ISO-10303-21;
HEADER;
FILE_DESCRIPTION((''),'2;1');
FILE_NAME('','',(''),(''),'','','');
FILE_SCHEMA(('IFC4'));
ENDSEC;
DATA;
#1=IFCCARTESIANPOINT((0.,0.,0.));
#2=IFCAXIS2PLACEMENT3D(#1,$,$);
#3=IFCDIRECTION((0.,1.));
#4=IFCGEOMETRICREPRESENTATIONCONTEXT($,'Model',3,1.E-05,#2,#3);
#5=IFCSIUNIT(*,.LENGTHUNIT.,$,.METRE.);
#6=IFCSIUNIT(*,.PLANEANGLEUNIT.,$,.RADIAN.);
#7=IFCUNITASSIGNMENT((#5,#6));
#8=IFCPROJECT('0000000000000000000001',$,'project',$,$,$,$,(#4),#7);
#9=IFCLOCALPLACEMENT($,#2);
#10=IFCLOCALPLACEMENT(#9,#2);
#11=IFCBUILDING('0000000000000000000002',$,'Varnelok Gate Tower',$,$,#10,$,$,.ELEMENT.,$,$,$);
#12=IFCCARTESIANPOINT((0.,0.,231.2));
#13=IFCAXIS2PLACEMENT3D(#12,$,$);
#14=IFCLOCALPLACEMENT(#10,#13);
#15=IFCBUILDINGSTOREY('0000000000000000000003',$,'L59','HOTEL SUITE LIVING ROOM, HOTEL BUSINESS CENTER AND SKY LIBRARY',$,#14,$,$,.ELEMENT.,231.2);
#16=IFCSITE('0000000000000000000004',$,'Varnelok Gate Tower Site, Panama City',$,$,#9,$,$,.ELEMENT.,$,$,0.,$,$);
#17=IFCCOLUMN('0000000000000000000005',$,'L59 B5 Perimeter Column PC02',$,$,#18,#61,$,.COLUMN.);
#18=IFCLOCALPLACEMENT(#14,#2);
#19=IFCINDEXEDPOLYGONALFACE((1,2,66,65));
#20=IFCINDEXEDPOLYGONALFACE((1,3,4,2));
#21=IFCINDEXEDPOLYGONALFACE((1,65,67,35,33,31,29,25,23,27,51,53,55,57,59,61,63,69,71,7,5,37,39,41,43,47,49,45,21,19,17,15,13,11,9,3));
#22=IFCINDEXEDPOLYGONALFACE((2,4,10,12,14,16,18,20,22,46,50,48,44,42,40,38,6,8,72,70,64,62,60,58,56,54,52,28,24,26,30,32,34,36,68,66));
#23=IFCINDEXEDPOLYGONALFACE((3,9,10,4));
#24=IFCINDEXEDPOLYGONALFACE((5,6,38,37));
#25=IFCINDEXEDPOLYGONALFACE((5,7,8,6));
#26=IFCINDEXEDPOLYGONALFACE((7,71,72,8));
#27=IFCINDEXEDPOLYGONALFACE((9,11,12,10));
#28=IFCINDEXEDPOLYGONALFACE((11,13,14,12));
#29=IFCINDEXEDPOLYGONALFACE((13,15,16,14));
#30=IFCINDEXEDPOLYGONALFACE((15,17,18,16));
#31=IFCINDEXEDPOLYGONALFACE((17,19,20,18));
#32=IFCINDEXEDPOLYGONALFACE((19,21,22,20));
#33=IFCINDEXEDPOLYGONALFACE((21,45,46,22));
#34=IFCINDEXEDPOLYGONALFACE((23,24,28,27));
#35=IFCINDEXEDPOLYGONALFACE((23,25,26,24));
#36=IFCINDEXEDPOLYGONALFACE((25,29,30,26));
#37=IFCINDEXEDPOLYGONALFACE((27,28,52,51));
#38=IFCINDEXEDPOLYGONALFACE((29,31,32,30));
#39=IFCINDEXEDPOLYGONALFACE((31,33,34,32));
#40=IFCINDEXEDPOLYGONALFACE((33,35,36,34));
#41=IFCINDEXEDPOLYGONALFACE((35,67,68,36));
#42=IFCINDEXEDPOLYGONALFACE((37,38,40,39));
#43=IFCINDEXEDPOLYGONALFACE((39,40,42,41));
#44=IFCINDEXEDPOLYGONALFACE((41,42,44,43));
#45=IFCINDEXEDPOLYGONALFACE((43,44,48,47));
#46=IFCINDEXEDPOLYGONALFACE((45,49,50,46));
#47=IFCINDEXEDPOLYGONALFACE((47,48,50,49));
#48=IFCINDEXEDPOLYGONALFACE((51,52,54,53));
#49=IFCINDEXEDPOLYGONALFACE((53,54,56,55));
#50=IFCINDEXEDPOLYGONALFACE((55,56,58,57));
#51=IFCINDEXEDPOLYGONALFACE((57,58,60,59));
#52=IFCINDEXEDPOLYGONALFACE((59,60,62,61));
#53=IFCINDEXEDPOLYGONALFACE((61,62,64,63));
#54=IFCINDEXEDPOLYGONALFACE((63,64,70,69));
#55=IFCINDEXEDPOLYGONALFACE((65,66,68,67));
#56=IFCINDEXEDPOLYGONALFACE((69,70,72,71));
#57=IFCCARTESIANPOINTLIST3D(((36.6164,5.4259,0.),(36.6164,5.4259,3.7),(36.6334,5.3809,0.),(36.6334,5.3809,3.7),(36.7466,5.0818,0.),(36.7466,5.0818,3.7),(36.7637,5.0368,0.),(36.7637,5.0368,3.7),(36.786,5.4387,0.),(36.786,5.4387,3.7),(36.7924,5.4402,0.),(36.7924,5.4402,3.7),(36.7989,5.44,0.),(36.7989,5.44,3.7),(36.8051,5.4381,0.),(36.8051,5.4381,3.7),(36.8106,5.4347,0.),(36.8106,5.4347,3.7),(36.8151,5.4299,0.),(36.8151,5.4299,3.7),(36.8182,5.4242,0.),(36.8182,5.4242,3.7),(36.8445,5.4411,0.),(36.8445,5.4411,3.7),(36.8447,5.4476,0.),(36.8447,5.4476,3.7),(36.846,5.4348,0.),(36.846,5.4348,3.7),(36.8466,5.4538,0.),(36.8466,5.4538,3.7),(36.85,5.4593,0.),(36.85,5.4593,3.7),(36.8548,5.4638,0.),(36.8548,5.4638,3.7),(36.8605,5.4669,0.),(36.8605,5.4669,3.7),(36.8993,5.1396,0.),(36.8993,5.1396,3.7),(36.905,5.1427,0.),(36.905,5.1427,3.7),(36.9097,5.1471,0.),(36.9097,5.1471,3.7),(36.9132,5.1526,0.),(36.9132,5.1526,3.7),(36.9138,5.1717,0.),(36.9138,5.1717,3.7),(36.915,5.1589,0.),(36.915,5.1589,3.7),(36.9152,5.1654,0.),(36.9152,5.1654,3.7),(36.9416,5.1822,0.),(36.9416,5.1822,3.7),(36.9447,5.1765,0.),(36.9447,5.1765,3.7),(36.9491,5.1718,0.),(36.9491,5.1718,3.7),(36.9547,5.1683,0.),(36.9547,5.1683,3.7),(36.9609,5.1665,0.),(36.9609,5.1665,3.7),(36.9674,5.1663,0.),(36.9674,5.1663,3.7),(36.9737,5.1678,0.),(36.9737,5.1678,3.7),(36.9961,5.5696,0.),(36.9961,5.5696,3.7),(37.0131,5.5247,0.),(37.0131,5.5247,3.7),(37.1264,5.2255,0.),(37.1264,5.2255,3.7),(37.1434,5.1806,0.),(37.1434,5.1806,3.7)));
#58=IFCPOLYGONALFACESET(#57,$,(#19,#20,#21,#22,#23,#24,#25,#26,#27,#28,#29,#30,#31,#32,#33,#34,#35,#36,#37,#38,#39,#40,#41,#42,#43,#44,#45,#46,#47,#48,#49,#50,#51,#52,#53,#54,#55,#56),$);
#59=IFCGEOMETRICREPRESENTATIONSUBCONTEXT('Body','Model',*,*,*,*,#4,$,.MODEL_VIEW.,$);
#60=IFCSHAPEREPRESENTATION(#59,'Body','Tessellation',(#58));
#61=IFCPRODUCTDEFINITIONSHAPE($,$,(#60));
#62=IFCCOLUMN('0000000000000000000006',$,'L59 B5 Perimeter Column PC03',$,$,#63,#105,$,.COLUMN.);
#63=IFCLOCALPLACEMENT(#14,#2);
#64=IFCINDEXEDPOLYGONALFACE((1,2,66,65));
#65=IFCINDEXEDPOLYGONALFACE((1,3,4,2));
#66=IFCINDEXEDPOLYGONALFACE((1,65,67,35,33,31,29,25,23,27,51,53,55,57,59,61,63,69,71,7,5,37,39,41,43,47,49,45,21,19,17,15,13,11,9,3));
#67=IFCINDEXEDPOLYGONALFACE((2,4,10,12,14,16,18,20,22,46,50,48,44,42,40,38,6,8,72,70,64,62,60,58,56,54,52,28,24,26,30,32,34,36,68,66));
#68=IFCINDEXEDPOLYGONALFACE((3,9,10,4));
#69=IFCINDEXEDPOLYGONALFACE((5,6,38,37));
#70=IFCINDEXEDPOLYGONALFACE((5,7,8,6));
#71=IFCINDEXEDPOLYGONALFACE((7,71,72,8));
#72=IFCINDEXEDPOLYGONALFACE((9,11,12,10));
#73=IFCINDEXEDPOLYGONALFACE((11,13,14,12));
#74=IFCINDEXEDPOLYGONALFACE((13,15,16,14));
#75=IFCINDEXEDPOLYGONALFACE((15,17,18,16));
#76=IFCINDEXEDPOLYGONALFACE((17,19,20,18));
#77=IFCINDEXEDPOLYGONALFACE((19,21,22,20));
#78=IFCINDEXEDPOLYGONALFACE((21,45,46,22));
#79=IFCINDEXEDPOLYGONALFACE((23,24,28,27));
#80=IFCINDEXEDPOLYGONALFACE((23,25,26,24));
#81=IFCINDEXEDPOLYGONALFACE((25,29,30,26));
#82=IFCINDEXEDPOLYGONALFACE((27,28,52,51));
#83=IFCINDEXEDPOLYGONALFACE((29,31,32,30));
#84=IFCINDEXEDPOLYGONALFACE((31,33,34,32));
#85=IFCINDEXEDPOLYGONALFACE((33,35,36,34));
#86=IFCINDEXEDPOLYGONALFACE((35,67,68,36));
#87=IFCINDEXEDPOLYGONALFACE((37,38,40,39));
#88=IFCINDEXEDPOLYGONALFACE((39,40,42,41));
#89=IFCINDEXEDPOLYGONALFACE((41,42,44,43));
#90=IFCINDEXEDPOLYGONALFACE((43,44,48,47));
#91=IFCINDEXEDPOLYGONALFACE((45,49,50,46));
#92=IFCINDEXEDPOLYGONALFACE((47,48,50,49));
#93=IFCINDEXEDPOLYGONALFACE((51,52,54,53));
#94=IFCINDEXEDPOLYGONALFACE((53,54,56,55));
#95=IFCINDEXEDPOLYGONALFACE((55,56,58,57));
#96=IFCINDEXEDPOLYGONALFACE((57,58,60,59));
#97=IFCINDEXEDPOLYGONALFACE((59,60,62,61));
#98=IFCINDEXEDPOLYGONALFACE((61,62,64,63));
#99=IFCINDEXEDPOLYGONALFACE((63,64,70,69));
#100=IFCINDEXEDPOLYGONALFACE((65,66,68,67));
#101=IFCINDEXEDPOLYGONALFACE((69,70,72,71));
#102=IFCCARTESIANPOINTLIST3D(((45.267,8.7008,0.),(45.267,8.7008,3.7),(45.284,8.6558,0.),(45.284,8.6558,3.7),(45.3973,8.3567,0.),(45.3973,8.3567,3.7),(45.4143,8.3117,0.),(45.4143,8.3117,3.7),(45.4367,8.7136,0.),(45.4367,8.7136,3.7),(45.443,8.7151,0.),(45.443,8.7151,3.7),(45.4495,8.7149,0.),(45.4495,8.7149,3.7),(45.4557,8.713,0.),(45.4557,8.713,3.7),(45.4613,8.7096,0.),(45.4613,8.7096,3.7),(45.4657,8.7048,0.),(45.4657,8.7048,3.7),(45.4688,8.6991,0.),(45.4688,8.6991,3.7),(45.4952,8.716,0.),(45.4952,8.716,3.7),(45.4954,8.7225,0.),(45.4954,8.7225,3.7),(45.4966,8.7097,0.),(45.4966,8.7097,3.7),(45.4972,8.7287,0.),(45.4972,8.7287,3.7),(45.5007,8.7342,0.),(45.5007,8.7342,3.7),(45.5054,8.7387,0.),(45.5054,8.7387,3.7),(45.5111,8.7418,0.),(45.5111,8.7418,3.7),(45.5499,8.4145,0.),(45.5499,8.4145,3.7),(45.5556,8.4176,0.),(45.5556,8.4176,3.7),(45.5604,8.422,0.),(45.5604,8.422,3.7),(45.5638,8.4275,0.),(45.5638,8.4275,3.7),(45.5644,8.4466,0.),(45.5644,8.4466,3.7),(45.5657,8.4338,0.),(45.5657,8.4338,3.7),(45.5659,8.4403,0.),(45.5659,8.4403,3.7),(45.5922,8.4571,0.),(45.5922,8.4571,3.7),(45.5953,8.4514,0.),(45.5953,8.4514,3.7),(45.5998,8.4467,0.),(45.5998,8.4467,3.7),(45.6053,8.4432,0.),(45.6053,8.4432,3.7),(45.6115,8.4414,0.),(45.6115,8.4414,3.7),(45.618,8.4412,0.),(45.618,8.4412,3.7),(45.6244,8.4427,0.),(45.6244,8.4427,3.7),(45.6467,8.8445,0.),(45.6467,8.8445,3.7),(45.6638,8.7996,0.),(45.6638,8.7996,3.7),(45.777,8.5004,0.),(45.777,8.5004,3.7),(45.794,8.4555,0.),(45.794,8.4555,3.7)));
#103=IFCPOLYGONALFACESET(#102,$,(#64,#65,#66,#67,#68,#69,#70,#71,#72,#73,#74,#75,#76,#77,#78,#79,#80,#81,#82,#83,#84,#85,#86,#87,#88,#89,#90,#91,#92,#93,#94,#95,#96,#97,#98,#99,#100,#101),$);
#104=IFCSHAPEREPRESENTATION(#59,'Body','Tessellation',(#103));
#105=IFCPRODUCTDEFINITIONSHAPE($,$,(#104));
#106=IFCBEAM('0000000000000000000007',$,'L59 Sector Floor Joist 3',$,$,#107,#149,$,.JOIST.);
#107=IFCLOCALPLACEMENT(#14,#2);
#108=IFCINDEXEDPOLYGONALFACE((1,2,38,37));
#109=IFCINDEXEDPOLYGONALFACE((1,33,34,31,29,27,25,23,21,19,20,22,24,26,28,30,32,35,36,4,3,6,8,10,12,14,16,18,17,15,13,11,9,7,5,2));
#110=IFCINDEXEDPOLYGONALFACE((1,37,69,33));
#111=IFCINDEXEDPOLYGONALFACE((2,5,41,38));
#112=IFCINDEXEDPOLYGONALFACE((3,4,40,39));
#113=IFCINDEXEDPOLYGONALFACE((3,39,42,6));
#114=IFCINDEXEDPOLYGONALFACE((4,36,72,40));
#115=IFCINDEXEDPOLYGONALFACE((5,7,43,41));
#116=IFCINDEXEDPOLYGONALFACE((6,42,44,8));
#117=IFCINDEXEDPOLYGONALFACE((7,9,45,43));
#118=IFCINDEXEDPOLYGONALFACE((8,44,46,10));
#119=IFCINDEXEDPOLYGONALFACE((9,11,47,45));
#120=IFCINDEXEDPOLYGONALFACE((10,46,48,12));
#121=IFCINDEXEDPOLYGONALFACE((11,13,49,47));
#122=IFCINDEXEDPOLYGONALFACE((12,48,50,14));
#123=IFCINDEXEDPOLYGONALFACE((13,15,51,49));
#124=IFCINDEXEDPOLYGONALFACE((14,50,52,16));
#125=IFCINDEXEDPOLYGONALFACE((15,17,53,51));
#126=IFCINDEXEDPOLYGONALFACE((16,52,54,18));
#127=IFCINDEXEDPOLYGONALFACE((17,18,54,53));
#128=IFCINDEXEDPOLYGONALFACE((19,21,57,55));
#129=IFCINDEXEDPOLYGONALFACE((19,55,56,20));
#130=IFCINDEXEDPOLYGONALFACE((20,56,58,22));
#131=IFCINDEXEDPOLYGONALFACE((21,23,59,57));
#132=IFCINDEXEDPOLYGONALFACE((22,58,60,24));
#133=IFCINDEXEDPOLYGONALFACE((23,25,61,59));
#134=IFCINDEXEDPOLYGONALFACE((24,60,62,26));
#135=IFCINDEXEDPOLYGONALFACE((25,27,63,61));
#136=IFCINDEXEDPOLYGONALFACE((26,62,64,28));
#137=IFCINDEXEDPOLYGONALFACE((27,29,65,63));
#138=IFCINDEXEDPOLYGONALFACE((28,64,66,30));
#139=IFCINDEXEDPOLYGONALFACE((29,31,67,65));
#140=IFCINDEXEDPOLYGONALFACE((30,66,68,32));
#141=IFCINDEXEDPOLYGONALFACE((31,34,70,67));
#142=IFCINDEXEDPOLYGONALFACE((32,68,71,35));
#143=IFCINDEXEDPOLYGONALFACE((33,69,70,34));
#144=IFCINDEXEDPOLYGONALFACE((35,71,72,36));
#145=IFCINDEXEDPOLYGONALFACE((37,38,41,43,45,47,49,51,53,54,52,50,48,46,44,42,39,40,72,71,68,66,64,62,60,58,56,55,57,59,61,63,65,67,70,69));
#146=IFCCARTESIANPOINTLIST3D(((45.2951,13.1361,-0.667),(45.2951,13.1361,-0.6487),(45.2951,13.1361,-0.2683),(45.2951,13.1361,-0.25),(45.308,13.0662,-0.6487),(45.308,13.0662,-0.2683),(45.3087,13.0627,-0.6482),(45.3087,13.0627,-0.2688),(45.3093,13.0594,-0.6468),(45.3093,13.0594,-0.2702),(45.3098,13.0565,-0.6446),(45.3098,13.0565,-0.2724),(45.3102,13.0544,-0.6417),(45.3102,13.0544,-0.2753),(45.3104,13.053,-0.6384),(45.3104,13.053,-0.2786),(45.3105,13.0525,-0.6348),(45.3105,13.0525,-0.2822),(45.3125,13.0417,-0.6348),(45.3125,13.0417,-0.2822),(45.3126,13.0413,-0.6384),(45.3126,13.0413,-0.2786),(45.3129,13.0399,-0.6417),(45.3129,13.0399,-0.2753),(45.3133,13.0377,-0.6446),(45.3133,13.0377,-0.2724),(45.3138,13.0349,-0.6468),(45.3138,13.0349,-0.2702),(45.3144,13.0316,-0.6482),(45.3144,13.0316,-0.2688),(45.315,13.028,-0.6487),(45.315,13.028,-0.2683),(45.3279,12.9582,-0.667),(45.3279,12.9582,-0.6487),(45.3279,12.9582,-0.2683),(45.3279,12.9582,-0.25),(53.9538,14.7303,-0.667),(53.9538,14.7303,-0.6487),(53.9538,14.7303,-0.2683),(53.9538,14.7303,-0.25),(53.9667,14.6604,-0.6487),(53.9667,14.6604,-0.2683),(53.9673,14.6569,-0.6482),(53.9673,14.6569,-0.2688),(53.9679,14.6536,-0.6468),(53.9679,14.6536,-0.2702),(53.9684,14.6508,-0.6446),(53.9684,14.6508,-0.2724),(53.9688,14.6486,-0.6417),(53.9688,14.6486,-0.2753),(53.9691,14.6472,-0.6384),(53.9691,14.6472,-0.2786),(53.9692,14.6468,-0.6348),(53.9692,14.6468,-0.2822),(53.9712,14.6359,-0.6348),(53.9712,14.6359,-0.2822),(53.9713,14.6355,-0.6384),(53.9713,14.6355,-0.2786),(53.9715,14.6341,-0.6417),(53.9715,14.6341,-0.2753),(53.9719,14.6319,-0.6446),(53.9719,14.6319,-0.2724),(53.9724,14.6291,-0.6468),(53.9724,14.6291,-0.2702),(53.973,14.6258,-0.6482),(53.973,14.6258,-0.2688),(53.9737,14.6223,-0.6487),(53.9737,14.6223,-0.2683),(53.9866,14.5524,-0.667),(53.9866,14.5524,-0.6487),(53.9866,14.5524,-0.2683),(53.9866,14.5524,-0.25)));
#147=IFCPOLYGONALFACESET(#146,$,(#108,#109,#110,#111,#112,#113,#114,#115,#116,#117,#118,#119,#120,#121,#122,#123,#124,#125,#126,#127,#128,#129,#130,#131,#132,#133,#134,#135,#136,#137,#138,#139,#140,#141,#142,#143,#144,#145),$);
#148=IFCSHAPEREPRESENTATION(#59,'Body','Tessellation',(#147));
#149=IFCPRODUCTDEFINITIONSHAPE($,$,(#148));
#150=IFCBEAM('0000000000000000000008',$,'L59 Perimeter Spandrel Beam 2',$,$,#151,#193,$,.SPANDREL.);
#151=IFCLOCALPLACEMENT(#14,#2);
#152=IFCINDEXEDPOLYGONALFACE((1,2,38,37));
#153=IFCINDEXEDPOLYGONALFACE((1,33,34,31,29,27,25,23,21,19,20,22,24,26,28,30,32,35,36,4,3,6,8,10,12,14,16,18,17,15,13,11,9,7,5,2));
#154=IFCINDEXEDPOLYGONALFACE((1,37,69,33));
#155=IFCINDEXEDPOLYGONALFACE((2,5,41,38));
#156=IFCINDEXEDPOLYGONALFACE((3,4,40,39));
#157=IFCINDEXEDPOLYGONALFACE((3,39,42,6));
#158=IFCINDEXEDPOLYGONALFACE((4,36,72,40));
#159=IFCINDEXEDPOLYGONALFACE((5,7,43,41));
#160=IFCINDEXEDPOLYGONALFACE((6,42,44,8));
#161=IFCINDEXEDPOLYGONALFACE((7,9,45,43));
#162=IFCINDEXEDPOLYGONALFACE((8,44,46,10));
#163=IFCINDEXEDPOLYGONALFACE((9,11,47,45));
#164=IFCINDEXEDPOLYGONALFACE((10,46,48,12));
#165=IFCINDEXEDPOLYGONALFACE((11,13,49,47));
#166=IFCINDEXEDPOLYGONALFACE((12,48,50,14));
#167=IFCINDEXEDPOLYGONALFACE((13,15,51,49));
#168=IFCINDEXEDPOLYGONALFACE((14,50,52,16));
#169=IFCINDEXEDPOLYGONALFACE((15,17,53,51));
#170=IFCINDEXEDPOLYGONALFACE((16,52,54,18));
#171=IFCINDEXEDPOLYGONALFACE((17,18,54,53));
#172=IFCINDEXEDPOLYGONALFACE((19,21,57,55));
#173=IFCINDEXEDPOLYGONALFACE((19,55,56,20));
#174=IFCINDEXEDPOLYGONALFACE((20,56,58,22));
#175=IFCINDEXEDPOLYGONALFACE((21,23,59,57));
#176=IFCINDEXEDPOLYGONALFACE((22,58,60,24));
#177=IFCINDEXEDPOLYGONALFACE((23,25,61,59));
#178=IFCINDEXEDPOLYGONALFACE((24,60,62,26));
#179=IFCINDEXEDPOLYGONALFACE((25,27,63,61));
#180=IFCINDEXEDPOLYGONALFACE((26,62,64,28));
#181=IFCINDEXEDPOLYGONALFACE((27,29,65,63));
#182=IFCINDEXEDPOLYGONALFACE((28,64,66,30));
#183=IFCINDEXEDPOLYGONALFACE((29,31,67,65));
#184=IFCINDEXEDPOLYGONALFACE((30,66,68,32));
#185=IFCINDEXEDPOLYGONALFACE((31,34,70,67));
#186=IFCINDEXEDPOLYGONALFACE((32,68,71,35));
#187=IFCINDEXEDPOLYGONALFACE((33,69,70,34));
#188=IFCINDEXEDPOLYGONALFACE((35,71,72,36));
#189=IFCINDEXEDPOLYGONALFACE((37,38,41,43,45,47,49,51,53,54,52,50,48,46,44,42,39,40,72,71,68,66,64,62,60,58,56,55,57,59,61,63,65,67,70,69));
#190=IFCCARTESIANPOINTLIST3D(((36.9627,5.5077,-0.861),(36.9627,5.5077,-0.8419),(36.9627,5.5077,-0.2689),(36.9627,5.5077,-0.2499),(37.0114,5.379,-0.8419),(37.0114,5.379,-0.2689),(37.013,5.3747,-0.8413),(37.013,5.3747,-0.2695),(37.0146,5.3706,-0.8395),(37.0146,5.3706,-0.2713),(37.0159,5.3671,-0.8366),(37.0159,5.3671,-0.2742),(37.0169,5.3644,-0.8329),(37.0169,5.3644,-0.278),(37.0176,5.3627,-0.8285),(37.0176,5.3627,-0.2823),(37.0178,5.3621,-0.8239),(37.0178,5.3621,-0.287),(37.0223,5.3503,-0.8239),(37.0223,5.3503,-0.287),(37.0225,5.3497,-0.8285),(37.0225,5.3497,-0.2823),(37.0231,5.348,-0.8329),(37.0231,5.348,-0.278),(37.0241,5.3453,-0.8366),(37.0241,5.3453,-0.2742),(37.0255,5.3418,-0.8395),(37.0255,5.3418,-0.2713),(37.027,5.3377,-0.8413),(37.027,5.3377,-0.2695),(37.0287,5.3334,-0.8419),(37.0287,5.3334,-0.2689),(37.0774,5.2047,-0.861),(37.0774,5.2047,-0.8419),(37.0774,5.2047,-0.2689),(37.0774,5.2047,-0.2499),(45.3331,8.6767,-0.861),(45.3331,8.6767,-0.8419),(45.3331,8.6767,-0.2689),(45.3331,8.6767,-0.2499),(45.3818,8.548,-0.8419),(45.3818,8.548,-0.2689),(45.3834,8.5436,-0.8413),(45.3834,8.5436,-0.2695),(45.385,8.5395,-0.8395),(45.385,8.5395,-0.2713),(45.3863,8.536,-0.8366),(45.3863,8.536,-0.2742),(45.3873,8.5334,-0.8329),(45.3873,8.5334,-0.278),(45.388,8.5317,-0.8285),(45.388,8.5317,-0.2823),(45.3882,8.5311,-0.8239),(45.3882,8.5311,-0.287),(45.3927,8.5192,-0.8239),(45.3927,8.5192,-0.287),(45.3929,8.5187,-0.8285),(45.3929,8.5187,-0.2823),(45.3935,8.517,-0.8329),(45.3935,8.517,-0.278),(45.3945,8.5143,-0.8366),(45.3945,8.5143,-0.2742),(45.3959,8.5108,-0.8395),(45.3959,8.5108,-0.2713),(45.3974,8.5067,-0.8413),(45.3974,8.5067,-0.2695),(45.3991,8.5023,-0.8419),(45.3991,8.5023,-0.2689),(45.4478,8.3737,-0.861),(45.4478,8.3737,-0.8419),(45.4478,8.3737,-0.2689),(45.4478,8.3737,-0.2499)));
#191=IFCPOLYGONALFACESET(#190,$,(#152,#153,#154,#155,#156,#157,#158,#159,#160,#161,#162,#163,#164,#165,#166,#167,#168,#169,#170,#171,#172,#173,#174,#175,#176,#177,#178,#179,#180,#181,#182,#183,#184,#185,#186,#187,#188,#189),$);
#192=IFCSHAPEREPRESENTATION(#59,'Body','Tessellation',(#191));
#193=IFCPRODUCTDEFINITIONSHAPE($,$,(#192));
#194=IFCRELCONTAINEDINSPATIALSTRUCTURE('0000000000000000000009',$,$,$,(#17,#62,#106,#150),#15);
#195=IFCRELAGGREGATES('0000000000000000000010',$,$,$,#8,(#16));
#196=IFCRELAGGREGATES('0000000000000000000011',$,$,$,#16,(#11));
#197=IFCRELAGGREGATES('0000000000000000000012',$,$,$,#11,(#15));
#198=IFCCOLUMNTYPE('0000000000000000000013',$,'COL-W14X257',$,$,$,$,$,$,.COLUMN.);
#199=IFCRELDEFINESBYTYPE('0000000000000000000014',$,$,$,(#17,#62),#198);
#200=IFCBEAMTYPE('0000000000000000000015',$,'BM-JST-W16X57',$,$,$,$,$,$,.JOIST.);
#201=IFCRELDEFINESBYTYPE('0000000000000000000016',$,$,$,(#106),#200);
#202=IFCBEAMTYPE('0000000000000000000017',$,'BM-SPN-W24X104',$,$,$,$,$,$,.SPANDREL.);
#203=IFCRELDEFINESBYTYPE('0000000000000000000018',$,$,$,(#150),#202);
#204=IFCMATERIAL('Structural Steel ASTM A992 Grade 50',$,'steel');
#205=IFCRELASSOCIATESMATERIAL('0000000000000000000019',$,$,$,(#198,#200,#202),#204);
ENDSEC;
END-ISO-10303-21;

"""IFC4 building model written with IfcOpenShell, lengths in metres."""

from ifc_helpers import new_model, si_unit, direction, frame, origin, origin_2d, place, context, subcontext, project, spatial, i_section, extrude, material, material_profile, profile_set, type_object, element, save


model = new_model("IFC4")

# Units and contexts
model_context = context("Model", 3, precision=1e-05, world=origin(), true_north=direction((0.0, 1.0)))
body_context = subcontext(model_context, "Body", "Model", "MODEL_VIEW")
ifc_project = project(units=[si_unit("LENGTHUNIT", "METRE"), si_unit("PLANEANGLEUNIT", "RADIAN")], contexts=[model_context])

# Site, building, storey
site_placement = place(None, origin())
site = spatial("IfcSite", under=ifc_project, at=site_placement, Name="Varnelok Gate Tower Site, Panama City", CompositionType="ELEMENT", RefElevation=0.0)
building_placement = place(site_placement, origin())
building = spatial("IfcBuilding", under=site, at=building_placement, Name="Varnelok Gate Tower", CompositionType="ELEMENT")
storey_placement = place(building_placement, frame((0.0, 0.0, 231.2)))
storey = spatial("IfcBuildingStorey", under=building, at=storey_placement, Name="L59", Description="HOTEL SUITE LIVING ROOM, HOTEL BUSINESS CENTER AND SKY LIBRARY", CompositionType="ELEMENT", Elevation=231.2)

# Columns
ifc_material_1 = material(Name="Structural Steel ASTM A992 Grade 50", Category="steel")
ifc_material_profile_1 = material_profile(ifc_material_1, i_section(OverallWidth=0.406, OverallDepth=0.416, WebThickness=0.0298, FlangeThickness=0.0481, FilletRadius=0.0249, at=origin_2d()), Name="W14X257")
ifc_profile_set_1 = profile_set([ifc_material_profile_1], Name="Structural Steel ASTM A992 Grade 50")
column_type = type_object("IfcColumnType", Name="COL-W14X257", PredefinedType="COLUMN", material=ifc_profile_set_1)
for number, where, z_axis, x_axis, name in (
    (1, (36.8799, 5.3032, 0.0), (0.0, 0.0, 1.0), (0.935222, 0.354063, 0.0), "L59 B5 Perimeter Column PC02"),
    (2, (45.5305, 8.5781, 0.0), (0.0, 0.0, 1.0), (0.935222, 0.354063, 0.0), "L59 B5 Perimeter Column PC03"),
):
    element("IfcColumn", number, at=place(storey_placement, frame(where, z_axis=z_axis, x_axis=x_axis)), inside=storey, type_object=column_type, Name=name, PredefinedType="COLUMN", context=body_context, shape_type="SweptSolid", body=[
        extrude(i_section(OverallWidth=0.406, OverallDepth=0.416, WebThickness=0.0298, FlangeThickness=0.0481, FilletRadius=0.0249, at=origin_2d()), origin(), (0.0, 0.0, 1.0), 3.7),
    ])

# Beams
ifc_material_profile_2 = material_profile(ifc_material_1, i_section(OverallWidth=0.1809, OverallDepth=0.417, WebThickness=0.011, FlangeThickness=0.0183, FilletRadius=0.0139, at=origin_2d()), Name="W16X57")
ifc_profile_set_2 = profile_set([ifc_material_profile_2], Name="Structural Steel ASTM A992 Grade 50")
beam_type_1 = type_object("IfcBeamType", Name="BM-JST-W16X57", PredefinedType="JOIST", material=ifc_profile_set_2)
beam_1_placement = place(storey_placement, frame((45.3115, 13.0471, -0.4585), z_axis=(0.983469, 0.181076, 0.0), x_axis=(-0.181076, 0.983469, 0.0)))
element("IfcBeam", 3, at=beam_1_placement, inside=storey, type_object=beam_type_1, Name="L59 Sector Floor Joist 3", PredefinedType="JOIST", context=body_context, shape_type="SweptSolid", body=[
    extrude(i_section(OverallWidth=0.1809, OverallDepth=0.417, WebThickness=0.011, FlangeThickness=0.0183, FilletRadius=0.0139, at=origin_2d()), origin(), (0.0, 0.0, 1.0), 8.8042),
])
ifc_material_profile_3 = material_profile(ifc_material_1, i_section(OverallWidth=0.324, OverallDepth=0.6111, WebThickness=0.0127, FlangeThickness=0.019, FilletRadius=0.0181, at=origin_2d()), Name="W24X104")
ifc_profile_set_3 = profile_set([ifc_material_profile_3], Name="Structural Steel ASTM A992 Grade 50")
beam_type_2 = type_object("IfcBeamType", Name="BM-SPN-W24X104", PredefinedType="SPANDREL", material=ifc_profile_set_3)
beam_2_placement = place(storey_placement, frame((37.02, 5.3562, -0.5554), z_axis=(0.93522, 0.354066, 0.0), x_axis=(-0.354066, 0.93522, 0.0)))
element("IfcBeam", 4, at=beam_2_placement, inside=storey, type_object=beam_type_2, Name="L59 Perimeter Spandrel Beam 2", PredefinedType="SPANDREL", context=body_context, shape_type="SweptSolid", body=[
    extrude(i_section(OverallWidth=0.324, OverallDepth=0.6111, WebThickness=0.0127, FlangeThickness=0.019, FilletRadius=0.0181, at=origin_2d()), origin(), (0.0, 0.0, 1.0), 8.9502),
])

save(model, "model.ifc")
